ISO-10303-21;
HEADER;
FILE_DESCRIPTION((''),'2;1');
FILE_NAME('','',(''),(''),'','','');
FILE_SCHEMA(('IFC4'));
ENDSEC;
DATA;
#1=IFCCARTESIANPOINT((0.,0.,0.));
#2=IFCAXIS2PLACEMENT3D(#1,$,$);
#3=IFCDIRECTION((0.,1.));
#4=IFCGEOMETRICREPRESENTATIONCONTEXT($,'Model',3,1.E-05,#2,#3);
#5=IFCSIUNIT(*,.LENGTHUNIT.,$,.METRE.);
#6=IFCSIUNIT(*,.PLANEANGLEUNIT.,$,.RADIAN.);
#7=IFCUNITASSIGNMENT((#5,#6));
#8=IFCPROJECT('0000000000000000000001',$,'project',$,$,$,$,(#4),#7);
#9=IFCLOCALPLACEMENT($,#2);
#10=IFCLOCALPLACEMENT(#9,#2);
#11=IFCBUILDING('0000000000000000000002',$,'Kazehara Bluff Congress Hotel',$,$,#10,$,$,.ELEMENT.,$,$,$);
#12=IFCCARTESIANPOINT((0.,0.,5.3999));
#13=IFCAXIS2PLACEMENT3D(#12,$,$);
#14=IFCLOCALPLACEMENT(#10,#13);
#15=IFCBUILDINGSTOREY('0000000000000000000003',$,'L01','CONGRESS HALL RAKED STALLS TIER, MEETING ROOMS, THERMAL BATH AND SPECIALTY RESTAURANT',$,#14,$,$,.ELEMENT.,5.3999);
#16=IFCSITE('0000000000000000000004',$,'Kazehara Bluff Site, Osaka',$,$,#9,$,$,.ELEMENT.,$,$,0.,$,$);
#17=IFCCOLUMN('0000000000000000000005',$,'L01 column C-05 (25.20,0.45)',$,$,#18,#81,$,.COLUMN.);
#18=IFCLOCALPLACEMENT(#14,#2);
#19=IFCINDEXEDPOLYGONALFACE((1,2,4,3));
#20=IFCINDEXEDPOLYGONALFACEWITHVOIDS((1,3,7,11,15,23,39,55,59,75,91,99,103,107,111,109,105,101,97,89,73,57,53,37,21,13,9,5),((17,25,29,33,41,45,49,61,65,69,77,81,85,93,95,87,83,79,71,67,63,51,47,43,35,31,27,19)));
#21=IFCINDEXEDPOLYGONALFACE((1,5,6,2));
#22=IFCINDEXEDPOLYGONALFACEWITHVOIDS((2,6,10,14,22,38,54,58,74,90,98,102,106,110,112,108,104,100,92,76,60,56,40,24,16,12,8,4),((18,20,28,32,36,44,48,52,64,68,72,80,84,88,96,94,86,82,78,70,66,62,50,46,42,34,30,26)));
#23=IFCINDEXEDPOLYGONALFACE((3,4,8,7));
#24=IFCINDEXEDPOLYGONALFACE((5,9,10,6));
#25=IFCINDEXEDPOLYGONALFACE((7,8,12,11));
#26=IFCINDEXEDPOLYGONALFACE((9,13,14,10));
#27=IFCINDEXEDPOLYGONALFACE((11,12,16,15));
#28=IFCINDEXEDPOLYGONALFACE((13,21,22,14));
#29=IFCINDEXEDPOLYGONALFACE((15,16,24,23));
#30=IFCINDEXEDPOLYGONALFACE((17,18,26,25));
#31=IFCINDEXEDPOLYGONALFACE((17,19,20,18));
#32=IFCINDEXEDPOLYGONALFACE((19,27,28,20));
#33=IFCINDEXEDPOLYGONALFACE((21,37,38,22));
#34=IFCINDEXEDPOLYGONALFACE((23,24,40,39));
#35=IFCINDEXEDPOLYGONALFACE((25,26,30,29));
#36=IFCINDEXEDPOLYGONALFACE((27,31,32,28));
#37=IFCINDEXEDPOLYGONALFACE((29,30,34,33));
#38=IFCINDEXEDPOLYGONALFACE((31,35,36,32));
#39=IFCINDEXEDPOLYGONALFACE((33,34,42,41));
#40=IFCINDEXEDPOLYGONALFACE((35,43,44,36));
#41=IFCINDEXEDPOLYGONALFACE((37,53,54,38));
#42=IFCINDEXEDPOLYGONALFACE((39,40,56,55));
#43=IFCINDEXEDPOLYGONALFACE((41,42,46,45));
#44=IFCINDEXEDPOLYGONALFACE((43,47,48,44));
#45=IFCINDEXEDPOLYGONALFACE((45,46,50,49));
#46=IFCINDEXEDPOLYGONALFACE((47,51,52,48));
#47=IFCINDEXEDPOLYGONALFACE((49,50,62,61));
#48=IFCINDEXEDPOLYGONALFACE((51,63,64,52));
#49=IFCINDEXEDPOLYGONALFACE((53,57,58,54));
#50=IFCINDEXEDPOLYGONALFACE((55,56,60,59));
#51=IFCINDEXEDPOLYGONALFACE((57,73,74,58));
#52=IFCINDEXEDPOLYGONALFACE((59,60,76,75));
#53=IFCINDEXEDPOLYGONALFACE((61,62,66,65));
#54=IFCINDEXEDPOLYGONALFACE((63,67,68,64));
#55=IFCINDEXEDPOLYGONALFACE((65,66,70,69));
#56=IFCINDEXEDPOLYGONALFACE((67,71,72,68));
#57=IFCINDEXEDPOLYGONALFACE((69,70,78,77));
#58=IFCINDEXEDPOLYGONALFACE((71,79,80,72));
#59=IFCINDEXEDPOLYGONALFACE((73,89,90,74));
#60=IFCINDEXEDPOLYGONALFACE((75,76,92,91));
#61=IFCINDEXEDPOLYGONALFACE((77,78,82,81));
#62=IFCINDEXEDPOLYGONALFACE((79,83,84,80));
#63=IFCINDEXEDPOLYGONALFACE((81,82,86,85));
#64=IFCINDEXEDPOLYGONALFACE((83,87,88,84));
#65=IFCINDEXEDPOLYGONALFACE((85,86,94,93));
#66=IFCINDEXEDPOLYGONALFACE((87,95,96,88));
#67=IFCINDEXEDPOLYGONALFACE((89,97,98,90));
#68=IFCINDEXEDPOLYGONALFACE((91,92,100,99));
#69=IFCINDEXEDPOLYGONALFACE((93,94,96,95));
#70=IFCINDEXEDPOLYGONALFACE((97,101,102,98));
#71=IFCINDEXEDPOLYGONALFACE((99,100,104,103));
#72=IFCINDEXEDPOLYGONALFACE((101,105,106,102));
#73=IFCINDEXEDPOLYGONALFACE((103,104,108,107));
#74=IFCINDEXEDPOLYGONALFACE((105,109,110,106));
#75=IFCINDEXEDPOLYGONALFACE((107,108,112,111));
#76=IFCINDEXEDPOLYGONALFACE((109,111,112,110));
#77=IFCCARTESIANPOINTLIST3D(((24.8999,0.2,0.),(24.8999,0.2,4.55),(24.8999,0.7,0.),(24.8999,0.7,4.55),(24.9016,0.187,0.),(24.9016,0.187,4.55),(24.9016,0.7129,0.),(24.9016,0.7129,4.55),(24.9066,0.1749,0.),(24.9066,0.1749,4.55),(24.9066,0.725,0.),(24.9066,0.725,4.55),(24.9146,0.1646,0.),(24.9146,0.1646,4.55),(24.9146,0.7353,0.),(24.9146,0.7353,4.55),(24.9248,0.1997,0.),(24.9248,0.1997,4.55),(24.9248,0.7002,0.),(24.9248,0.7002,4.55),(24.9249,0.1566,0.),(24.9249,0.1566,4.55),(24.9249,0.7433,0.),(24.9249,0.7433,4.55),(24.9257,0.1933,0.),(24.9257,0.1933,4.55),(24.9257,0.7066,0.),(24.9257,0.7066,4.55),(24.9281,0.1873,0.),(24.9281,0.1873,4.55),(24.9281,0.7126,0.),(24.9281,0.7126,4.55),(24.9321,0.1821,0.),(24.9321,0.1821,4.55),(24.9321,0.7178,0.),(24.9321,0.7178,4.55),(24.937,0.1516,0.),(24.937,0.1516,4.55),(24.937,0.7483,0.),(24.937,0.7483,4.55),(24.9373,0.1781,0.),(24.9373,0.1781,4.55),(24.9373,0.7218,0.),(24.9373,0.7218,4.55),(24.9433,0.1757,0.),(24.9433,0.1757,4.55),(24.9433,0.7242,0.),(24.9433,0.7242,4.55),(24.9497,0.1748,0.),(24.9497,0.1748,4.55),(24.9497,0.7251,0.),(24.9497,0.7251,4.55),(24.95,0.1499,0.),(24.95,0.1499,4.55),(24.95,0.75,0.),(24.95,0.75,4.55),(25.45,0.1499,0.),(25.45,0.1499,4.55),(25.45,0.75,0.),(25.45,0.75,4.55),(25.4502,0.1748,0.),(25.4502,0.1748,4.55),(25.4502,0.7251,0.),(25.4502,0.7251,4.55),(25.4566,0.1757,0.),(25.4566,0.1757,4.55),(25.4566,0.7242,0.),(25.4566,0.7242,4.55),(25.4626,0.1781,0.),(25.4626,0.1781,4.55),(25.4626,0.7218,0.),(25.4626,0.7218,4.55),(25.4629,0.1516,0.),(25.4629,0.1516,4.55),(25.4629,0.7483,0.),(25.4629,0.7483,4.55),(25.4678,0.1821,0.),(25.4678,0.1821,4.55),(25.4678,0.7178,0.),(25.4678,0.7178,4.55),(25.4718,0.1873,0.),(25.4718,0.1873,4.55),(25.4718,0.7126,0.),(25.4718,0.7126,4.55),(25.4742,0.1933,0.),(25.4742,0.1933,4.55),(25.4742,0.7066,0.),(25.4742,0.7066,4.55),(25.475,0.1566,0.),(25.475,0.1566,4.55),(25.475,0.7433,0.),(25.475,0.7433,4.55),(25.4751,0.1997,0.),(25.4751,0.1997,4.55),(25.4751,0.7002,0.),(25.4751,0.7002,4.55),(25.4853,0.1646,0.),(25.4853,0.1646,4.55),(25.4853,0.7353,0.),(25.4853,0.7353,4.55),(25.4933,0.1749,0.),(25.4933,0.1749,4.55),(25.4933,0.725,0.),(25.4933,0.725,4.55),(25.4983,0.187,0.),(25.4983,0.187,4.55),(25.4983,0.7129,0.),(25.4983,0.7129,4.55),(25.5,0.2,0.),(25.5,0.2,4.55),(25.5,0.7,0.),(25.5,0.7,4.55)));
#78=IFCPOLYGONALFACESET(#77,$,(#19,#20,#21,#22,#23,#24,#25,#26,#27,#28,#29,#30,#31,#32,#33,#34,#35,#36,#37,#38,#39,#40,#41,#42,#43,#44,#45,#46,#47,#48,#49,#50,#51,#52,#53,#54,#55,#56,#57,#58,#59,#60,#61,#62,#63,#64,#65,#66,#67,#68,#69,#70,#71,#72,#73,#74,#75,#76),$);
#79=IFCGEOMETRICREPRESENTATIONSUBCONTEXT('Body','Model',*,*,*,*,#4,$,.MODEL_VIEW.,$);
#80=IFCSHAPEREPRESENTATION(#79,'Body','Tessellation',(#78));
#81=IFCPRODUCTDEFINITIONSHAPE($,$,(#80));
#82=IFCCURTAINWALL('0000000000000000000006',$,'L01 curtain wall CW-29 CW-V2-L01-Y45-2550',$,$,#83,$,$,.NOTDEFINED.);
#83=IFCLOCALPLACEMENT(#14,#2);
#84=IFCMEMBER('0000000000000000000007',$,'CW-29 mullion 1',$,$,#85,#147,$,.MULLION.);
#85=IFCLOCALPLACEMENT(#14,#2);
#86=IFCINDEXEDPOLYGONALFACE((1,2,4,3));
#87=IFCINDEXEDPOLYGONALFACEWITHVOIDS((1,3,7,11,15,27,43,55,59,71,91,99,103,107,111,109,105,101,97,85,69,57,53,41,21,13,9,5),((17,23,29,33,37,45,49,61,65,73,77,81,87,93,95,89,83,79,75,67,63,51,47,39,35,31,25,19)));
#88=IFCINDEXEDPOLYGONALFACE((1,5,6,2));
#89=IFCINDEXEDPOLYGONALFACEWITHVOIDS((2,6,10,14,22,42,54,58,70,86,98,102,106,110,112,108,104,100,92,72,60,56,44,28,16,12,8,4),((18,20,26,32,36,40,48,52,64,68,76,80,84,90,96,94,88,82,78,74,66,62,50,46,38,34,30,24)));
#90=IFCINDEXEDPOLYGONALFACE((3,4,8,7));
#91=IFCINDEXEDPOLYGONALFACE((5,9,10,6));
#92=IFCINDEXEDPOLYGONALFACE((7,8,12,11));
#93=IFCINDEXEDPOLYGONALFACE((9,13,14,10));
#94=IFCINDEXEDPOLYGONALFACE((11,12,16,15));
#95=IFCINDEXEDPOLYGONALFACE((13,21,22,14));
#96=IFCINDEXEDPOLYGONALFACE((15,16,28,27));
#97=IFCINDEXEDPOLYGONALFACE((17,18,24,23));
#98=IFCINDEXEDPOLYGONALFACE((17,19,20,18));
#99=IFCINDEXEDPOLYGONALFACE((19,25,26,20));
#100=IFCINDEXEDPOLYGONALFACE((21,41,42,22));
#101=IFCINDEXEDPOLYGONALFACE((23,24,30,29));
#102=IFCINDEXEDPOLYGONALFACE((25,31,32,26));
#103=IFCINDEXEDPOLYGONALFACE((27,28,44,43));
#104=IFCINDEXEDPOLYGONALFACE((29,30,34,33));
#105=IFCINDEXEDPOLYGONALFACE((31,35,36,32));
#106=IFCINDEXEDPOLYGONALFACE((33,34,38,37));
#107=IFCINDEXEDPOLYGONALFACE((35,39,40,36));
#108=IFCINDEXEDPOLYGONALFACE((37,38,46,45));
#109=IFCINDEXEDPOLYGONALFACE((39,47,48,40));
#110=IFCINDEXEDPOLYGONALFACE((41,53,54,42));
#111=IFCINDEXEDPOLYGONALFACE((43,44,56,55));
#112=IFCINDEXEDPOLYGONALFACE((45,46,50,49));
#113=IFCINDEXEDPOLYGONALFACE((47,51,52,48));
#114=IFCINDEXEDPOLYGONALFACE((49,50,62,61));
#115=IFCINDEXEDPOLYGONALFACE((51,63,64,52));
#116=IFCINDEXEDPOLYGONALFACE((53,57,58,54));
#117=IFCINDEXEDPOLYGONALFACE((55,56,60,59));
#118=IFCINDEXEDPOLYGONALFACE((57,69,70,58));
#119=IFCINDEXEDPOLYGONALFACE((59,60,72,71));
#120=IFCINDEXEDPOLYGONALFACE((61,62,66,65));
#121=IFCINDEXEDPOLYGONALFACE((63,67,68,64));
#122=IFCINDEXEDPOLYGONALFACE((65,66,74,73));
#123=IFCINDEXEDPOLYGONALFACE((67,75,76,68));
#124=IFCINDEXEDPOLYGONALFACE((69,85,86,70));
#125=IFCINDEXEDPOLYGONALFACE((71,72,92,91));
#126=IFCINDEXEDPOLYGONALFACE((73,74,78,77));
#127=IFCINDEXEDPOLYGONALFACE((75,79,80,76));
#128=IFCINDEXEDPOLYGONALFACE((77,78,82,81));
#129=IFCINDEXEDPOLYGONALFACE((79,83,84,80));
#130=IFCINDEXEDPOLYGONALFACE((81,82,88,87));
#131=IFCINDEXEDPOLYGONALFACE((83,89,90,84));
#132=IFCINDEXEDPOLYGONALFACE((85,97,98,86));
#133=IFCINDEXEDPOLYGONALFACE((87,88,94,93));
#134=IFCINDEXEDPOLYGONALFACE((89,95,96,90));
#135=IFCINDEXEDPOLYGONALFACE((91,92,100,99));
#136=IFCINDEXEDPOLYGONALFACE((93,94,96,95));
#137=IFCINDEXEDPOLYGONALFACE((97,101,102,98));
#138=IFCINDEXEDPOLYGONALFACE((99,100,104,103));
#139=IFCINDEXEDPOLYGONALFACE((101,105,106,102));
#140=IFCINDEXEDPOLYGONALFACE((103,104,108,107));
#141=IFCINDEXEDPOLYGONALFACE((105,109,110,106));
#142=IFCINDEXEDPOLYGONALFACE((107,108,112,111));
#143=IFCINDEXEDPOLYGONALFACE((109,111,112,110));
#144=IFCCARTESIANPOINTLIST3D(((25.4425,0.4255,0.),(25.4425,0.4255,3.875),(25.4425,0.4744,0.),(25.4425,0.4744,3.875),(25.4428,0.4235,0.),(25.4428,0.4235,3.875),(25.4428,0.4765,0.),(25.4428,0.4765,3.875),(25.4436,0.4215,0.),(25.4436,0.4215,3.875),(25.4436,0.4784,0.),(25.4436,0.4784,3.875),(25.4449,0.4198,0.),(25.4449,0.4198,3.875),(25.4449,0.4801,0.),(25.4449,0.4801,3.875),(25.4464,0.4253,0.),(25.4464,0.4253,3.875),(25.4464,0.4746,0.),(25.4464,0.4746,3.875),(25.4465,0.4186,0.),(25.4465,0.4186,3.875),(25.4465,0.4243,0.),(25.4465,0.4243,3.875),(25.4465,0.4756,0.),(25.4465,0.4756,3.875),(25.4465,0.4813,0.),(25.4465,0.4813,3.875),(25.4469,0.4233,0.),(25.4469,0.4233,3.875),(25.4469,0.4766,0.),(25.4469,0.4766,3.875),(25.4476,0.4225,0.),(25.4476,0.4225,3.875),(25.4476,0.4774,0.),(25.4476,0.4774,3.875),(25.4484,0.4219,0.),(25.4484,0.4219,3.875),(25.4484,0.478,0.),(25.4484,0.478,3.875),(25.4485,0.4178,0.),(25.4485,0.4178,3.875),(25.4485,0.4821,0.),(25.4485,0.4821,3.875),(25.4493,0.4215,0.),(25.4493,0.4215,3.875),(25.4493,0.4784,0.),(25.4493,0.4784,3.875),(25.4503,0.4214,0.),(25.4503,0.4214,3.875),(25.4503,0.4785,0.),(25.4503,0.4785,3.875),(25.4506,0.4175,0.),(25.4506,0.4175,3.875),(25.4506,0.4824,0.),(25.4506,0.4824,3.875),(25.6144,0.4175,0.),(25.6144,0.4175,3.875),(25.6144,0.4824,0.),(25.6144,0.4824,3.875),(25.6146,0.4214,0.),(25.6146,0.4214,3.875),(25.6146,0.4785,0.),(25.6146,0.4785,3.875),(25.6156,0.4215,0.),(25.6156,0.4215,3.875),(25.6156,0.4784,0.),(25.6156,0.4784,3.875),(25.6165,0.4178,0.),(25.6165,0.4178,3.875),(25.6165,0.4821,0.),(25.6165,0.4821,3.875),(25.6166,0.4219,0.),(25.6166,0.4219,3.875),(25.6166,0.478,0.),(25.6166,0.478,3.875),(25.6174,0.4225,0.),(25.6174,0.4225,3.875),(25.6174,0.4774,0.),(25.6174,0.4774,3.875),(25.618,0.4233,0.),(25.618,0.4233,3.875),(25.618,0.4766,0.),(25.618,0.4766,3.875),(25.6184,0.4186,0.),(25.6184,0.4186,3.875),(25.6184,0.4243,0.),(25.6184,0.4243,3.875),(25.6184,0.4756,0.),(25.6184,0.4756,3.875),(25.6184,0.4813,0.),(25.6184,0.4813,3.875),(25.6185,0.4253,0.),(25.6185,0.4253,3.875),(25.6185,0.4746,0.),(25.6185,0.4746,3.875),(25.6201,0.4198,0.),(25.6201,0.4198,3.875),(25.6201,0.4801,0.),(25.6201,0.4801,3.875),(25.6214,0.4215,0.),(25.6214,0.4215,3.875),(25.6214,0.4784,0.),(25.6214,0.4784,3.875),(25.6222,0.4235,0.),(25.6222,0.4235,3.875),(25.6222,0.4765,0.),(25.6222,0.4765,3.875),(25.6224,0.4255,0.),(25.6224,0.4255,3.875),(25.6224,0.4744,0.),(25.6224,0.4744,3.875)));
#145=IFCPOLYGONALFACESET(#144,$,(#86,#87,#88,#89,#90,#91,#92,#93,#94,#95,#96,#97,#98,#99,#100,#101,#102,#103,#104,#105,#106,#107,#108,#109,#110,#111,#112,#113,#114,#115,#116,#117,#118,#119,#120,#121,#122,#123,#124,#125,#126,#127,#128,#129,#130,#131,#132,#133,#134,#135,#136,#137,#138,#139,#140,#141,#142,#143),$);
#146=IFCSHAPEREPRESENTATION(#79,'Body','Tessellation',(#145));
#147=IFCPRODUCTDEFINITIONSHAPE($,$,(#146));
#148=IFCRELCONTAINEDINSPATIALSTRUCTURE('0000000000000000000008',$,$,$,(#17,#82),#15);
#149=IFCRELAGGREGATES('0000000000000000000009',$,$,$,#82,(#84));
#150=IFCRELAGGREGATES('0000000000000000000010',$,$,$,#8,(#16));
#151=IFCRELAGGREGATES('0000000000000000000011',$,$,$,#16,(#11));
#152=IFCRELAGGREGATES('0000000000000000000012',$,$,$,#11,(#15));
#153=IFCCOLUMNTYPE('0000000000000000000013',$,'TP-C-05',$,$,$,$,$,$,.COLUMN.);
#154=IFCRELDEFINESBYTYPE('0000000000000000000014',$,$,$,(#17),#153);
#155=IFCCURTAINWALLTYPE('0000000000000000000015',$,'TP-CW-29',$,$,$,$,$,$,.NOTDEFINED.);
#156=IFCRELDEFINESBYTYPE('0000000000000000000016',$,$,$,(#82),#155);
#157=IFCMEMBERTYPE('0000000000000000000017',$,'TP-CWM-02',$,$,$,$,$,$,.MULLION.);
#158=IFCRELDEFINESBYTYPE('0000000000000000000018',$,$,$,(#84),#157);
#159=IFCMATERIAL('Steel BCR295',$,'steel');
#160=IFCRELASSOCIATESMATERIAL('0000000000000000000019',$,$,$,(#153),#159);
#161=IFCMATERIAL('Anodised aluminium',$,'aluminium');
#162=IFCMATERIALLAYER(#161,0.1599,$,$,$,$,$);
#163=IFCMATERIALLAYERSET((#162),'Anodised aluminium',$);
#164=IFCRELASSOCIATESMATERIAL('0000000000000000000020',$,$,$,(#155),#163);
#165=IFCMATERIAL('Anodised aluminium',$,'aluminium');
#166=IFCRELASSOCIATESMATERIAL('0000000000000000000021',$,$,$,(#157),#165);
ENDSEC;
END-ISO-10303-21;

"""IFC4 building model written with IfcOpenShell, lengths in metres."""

from ifc_helpers import new_model, si_unit, direction, frame, origin, origin_2d, place, context, subcontext, project, spatial, hollow_rectangle, extrude, material, layer, layer_set, material_profile, profile_set, type_object, element, aggregate, save


model = new_model("IFC4")

# Units and contexts
model_context = context("Model", 3, precision=1e-05, world=origin(), true_north=direction((0.0, 1.0)))
body_context = subcontext(model_context, "Body", "Model", "MODEL_VIEW")
ifc_project = project(units=[si_unit("LENGTHUNIT", "METRE"), si_unit("PLANEANGLEUNIT", "RADIAN")], contexts=[model_context])

# Site, building, storey
site_placement = place(None, origin())
site = spatial("IfcSite", under=ifc_project, at=site_placement, Name="Kazehara Bluff Site, Osaka", CompositionType="ELEMENT", RefElevation=0.0)
building_placement = place(site_placement, origin())
building = spatial("IfcBuilding", under=site, at=building_placement, Name="Kazehara Bluff Congress Hotel", CompositionType="ELEMENT")
storey_placement = place(building_placement, frame((0.0, 0.0, 5.3999)))
storey = spatial("IfcBuildingStorey", under=building, at=storey_placement, Name="L01", Description="CONGRESS HALL RAKED STALLS TIER, MEETING ROOMS, THERMAL BATH AND SPECIALTY RESTAURANT", CompositionType="ELEMENT", Elevation=5.3999)

# Column
ifc_material_1 = material(Name="Steel BCR295", Category="steel")
ifc_material_profile_1 = material_profile(ifc_material_1, hollow_rectangle(XDim=0.6001, YDim=0.6001, WallThickness=0.0249, InnerFilletRadius=0.0249, OuterFilletRadius=0.05, at=origin_2d()))
ifc_profile_set_1 = profile_set([ifc_material_profile_1], Name="Steel BCR295")
column_type = type_object("IfcColumnType", Name="TP-C-05", PredefinedType="COLUMN", material=ifc_profile_set_1)
column_placement = place(storey_placement, frame((25.2, 0.45, 0.0), z_axis=(0.0, 0.0, 1.0), x_axis=(1.0, 0.0, 0.0)))
element("IfcColumn", 1, at=column_placement, inside=storey, type_object=column_type, Name="L01 column C-05 (25.20,0.45)", PredefinedType="COLUMN", context=body_context, shape_type="SweptSolid", body=[
    extrude(hollow_rectangle(XDim=0.6001, YDim=0.6001, WallThickness=0.0249, InnerFilletRadius=0.0249, OuterFilletRadius=0.05, at=origin_2d()), origin(), (0.0, 0.0, 1.0), 4.55),
])

# Curtain wall, member
ifc_material_2 = material(Name="Anodised aluminium", Category="aluminium")
ifc_layer_1 = layer(ifc_material_2, 0.1599)
ifc_layer_set_1 = layer_set([ifc_layer_1], Name="Anodised aluminium")
curtain_wall_type_1 = type_object("IfcCurtainWallType", Name="TP-CW-29", PredefinedType="NOTDEFINED", material=ifc_layer_set_1)
curtain_wall_1_placement = place(storey_placement, origin())
curtain_wall_1 = element("IfcCurtainWall", 2, at=curtain_wall_1_placement, inside=storey, type_object=curtain_wall_type_1, Name="L01 curtain wall CW-29 CW-V2-L01-Y45-2550", PredefinedType="NOTDEFINED")
ifc_material_3 = material(Name="Anodised aluminium", Category="aluminium")
ifc_material_profile_2 = material_profile(ifc_material_3, hollow_rectangle(XDim=0.0649, YDim=0.1799, WallThickness=0.0039, InnerFilletRadius=0.0039, OuterFilletRadius=0.0081, at=origin_2d()))
ifc_profile_set_2 = profile_set([ifc_material_profile_2], Name="Anodised aluminium")
member_type_1 = type_object("IfcMemberType", Name="TP-CWM-02", PredefinedType="MULLION", material=ifc_profile_set_2)
member_1_placement = place(storey_placement, frame((25.5325, 0.45, 0.0), z_axis=(0.0, 0.0, 1.0), x_axis=(0.0, 1.0, 0.0)))
member_1 = element("IfcMember", 3, at=member_1_placement, type_object=member_type_1, Name="CW-29 mullion 1", PredefinedType="MULLION", context=body_context, shape_type="SweptSolid", body=[
    extrude(hollow_rectangle(XDim=0.0649, YDim=0.1799, WallThickness=0.0039, InnerFilletRadius=0.0039, OuterFilletRadius=0.0081, at=origin_2d()), origin(), (0.0, 0.0, 1.0), 3.875),
])
aggregate(curtain_wall_1, [member_1])

save(model, "model.ifc")
